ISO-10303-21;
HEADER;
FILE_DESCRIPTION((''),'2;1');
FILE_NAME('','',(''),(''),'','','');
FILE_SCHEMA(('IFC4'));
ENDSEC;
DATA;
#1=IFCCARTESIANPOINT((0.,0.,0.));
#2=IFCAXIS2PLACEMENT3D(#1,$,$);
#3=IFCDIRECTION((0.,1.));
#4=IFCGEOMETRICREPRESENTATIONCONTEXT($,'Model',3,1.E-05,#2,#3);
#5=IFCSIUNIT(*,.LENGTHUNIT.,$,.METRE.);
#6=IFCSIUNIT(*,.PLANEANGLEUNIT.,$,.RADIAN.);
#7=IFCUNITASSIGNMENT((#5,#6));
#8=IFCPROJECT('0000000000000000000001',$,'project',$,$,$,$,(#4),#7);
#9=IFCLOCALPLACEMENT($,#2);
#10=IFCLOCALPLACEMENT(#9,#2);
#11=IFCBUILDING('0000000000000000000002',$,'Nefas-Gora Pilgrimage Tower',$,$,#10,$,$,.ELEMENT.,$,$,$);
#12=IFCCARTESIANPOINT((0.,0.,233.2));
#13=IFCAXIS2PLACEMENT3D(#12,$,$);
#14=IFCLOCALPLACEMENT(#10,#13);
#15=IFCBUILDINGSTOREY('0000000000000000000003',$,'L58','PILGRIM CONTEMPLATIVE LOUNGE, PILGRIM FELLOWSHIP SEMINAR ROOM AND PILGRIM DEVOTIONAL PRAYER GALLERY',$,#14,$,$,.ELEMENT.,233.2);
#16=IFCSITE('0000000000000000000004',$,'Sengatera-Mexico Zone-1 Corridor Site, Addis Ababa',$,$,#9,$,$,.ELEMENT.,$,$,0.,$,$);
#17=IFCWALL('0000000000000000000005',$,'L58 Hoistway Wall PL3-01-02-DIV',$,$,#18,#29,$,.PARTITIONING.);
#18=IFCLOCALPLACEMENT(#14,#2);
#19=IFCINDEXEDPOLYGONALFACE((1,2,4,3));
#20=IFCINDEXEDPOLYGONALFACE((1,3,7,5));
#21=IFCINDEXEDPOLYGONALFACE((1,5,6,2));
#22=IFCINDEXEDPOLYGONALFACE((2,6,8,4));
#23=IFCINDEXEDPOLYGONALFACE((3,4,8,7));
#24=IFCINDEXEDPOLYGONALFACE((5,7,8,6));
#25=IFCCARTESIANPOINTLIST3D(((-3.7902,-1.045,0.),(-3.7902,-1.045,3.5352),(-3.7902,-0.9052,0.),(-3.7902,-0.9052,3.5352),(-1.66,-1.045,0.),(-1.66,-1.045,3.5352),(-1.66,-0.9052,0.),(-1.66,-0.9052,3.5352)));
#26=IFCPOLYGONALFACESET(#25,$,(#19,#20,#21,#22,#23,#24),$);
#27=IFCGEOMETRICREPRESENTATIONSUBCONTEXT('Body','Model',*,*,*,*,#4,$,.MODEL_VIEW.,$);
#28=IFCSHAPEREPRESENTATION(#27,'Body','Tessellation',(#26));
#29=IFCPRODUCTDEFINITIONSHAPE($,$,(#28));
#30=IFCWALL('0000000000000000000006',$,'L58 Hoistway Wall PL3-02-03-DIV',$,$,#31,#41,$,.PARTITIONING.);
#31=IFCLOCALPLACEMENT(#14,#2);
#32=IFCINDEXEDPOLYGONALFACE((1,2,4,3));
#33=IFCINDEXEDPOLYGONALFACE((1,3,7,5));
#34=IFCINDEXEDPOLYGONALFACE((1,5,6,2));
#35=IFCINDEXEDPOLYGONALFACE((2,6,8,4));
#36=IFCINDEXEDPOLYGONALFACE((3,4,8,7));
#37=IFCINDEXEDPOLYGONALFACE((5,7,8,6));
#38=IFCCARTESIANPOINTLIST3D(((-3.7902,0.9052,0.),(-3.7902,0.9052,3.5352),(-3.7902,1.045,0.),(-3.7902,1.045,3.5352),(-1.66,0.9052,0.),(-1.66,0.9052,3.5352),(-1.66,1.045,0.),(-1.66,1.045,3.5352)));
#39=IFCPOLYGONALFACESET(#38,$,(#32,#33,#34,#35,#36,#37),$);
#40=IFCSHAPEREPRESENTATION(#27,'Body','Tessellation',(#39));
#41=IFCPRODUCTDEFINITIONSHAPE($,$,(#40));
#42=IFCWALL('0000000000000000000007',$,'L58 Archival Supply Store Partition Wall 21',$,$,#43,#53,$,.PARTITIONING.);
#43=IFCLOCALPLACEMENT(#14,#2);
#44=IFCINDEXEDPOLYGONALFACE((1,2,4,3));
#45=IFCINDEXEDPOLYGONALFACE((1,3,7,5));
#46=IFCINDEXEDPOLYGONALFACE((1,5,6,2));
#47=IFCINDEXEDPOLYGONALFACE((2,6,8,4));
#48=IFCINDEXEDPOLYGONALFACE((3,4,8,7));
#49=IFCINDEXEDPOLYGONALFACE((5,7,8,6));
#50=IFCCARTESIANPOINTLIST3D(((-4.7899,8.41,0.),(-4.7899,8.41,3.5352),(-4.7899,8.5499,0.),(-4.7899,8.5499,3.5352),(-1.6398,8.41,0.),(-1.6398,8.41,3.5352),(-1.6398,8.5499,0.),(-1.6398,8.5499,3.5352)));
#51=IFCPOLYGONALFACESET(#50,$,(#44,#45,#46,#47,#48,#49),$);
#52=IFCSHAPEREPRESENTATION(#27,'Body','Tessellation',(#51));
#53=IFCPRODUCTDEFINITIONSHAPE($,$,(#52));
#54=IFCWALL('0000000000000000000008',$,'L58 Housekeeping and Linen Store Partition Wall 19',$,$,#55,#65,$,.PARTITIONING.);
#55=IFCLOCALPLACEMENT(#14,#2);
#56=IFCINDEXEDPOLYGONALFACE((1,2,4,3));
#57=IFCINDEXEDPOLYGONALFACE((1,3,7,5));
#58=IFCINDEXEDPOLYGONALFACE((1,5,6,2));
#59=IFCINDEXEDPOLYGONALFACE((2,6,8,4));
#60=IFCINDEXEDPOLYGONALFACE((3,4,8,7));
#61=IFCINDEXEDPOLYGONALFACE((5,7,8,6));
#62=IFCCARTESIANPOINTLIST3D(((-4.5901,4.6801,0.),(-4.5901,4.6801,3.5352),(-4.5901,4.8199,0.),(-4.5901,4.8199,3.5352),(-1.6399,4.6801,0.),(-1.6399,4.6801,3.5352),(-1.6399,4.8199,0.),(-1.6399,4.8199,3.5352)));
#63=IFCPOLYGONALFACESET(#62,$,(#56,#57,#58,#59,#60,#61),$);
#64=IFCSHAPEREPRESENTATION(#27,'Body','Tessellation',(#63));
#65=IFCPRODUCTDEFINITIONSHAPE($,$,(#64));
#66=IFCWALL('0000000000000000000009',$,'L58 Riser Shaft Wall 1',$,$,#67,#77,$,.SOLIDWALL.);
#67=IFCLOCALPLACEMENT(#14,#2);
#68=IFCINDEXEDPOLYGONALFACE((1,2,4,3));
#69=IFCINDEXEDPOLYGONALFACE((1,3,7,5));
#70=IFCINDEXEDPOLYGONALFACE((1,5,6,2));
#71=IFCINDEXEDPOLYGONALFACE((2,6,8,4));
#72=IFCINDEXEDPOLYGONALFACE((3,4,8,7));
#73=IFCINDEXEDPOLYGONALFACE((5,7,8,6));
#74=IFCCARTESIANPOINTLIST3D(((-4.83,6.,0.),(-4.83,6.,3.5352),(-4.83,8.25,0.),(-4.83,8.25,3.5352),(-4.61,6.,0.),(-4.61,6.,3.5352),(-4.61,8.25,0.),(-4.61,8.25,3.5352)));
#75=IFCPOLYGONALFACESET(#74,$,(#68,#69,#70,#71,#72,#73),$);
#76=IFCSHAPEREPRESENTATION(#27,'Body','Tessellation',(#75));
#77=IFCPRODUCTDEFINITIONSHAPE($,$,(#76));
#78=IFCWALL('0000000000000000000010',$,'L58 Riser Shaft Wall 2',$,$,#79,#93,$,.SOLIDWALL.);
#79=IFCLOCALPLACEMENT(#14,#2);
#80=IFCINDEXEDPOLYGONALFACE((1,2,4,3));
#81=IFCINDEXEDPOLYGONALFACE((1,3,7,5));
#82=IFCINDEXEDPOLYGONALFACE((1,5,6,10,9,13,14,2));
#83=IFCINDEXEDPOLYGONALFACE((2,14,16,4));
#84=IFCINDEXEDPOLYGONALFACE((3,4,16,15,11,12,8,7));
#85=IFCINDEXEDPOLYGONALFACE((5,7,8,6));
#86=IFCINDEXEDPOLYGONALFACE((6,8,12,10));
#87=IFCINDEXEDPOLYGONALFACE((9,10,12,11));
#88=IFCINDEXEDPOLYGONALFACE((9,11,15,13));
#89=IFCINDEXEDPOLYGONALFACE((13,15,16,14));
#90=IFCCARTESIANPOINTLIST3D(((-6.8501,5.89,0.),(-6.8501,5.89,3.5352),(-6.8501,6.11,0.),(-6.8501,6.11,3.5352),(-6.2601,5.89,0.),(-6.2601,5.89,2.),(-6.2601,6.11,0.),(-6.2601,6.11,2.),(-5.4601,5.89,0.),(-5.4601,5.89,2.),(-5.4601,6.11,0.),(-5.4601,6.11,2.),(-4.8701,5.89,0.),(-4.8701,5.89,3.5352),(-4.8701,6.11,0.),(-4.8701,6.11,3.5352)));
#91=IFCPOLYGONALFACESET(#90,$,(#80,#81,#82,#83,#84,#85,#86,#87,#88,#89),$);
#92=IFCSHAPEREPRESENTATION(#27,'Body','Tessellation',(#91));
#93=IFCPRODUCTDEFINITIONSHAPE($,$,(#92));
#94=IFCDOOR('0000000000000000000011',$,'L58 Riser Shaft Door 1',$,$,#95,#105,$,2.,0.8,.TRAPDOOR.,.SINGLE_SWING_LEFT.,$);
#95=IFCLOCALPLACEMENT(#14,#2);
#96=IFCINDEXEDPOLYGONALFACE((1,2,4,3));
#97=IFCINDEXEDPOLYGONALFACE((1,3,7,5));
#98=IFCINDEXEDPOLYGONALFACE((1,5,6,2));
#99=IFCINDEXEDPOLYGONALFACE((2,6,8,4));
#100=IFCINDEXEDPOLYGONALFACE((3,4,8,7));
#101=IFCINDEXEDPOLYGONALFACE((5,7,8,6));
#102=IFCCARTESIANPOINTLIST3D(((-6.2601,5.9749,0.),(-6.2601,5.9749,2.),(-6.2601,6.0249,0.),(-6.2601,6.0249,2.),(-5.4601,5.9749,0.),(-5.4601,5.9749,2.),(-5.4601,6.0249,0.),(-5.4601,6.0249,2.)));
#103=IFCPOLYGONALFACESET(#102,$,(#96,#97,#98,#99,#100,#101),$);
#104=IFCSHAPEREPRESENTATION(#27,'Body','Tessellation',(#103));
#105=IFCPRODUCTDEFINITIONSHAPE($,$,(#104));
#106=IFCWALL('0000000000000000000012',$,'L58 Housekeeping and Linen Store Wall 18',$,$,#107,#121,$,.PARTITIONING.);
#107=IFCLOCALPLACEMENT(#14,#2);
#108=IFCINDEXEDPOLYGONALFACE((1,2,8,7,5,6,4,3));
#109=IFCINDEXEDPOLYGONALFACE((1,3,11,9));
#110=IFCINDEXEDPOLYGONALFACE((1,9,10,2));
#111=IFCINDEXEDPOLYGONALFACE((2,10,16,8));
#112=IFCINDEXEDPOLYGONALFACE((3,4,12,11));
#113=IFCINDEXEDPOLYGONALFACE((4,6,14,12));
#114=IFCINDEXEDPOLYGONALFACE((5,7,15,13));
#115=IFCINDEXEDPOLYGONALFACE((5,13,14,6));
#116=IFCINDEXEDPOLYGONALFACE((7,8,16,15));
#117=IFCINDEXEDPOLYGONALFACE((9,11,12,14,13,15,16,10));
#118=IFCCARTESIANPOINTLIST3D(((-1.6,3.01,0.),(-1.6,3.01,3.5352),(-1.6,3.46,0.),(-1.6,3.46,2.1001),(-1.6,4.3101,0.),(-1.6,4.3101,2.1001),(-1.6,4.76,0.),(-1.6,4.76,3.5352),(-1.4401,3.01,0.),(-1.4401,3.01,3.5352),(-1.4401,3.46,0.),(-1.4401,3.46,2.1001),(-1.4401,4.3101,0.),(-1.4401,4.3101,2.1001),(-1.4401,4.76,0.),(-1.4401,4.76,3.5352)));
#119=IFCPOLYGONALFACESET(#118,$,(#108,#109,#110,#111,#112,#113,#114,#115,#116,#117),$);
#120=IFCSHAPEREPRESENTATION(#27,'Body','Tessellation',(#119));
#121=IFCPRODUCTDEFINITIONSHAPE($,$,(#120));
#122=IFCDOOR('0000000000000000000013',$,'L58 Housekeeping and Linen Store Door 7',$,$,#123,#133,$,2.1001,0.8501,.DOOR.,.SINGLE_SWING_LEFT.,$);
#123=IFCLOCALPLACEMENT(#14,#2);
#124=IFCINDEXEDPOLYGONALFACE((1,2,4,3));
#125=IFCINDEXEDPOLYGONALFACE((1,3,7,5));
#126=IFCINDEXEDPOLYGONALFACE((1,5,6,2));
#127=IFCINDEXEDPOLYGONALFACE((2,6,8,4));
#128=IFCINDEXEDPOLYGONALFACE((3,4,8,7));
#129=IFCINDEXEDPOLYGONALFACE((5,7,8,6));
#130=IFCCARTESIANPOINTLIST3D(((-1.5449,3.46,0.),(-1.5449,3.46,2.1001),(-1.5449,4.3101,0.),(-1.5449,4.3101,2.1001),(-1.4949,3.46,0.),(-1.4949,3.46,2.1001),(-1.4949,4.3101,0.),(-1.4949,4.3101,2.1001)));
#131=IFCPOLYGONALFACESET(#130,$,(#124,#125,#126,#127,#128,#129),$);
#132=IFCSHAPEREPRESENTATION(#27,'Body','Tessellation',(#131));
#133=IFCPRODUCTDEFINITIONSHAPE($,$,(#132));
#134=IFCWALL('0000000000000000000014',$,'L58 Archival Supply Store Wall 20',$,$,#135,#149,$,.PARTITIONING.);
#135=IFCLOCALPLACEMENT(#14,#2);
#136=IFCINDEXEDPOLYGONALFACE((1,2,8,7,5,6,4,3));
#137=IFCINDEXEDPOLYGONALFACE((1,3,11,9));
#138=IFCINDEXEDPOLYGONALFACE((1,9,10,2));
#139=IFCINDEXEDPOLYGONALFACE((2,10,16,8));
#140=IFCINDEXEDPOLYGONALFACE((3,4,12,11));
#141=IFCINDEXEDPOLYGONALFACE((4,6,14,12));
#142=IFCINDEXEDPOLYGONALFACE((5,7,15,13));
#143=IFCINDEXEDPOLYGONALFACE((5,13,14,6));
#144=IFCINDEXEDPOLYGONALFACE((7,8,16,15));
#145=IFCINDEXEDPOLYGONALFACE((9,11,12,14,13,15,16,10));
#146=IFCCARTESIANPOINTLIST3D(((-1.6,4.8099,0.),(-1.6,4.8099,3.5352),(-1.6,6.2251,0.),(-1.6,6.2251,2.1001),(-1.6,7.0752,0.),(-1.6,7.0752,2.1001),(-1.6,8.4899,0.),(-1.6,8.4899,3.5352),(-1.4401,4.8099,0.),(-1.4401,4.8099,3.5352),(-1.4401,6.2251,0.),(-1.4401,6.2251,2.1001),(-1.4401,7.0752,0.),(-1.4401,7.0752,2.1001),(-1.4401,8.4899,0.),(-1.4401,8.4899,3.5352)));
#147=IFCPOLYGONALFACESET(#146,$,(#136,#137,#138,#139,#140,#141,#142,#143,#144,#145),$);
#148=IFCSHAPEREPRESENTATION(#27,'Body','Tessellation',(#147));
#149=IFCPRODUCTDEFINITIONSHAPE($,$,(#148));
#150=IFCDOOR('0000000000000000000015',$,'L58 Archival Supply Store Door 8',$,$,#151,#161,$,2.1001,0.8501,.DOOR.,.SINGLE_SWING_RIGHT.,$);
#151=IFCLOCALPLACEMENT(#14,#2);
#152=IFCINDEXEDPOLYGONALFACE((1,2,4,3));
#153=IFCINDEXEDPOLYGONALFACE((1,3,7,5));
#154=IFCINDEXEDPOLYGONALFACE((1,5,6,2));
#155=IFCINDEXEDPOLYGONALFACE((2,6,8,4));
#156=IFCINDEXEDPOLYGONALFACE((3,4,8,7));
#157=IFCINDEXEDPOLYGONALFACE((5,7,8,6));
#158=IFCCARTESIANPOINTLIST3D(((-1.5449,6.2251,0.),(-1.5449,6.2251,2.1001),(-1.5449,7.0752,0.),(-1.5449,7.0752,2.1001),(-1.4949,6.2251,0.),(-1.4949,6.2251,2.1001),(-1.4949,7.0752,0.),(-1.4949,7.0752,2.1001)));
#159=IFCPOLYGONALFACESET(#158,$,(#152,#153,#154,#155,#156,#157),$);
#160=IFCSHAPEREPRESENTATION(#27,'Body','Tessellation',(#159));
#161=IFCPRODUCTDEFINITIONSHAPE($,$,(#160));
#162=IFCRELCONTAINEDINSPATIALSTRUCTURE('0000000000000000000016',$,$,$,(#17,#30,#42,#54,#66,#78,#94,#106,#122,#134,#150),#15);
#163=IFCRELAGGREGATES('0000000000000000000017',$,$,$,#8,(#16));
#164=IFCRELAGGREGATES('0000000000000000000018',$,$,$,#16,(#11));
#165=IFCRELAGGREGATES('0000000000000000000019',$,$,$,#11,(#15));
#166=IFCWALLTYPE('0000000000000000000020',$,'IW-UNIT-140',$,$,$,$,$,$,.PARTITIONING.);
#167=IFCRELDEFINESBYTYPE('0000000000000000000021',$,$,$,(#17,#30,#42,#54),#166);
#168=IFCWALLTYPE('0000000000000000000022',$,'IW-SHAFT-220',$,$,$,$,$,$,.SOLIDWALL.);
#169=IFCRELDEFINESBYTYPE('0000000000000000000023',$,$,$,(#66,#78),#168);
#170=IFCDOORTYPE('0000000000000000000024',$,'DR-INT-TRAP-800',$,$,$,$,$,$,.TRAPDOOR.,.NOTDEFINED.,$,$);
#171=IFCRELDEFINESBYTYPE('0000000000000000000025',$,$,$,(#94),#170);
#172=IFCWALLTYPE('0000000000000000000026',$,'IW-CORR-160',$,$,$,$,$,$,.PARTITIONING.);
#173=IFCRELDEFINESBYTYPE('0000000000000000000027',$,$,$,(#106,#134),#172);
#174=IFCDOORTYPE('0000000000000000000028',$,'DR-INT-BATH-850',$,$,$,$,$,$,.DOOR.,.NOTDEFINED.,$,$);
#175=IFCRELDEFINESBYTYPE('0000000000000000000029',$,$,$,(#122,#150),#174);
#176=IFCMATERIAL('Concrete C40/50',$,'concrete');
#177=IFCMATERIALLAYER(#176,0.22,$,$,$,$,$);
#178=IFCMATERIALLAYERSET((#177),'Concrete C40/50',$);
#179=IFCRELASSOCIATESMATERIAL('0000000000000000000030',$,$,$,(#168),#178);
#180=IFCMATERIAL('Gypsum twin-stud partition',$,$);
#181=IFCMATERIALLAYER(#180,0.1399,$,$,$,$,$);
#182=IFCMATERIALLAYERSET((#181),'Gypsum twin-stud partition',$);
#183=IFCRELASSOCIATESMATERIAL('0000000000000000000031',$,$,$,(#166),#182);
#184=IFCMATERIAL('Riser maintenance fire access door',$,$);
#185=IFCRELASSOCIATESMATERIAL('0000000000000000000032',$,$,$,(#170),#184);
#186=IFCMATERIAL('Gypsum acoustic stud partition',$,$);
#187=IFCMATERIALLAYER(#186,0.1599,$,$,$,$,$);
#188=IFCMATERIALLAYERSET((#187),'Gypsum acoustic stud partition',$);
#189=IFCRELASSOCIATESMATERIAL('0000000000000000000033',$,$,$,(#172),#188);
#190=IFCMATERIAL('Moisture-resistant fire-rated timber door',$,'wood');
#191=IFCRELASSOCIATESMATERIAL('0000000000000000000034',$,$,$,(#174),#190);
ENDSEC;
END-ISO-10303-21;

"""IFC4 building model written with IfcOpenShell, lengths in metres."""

from ifc_helpers import new_model, si_unit, direction, frame, frame_2d, origin, place, context, subcontext, project, spatial, rectangle, extrude, source, transform, mapped, material, layer, layer_set, type_object, element, fill, save


model = new_model("IFC4")

# Units and contexts
model_context = context("Model", 3, precision=1e-05, world=origin(), true_north=direction((0.0, 1.0)))
body_context = subcontext(model_context, "Body", "Model", "MODEL_VIEW")
ifc_project = project(units=[si_unit("LENGTHUNIT", "METRE"), si_unit("PLANEANGLEUNIT", "RADIAN")], contexts=[model_context])

# Site, building, storey
site_placement = place(None, origin())
site = spatial("IfcSite", under=ifc_project, at=site_placement, Name="Sengatera-Mexico Zone-1 Corridor Site, Addis Ababa", CompositionType="ELEMENT", RefElevation=0.0)
building_placement = place(site_placement, origin())
building = spatial("IfcBuilding", under=site, at=building_placement, Name="Nefas-Gora Pilgrimage Tower", CompositionType="ELEMENT")
storey_placement = place(building_placement, frame((0.0, 0.0, 233.2)))
storey = spatial("IfcBuildingStorey", under=building, at=storey_placement, Name="L58", Description="PILGRIM CONTEMPLATIVE LOUNGE, PILGRIM FELLOWSHIP SEMINAR ROOM AND PILGRIM DEVOTIONAL PRAYER GALLERY", CompositionType="ELEMENT", Elevation=233.2)

# Shared definitions
ifc_material_1 = material(Name="Concrete C40/50", Category="concrete")
ifc_layer_1 = layer(ifc_material_1, 0.22)
ifc_layer_set_1 = layer_set([ifc_layer_1], Name="Concrete C40/50")
wall_type_1 = type_object("IfcWallType", Name="IW-SHAFT-220", PredefinedType="SOLIDWALL", material=ifc_layer_set_1)

# Walls
ifc_material_2 = material(Name="Gypsum twin-stud partition")
ifc_layer_2 = layer(ifc_material_2, 0.1399)
ifc_layer_set_2 = layer_set([ifc_layer_2], Name="Gypsum twin-stud partition")
wall_type_2 = type_object("IfcWallType", Name="IW-UNIT-140", PredefinedType="PARTITIONING", material=ifc_layer_set_2)
shared_shape_1 = source(origin(), body_context, "Body", "SweptSolid", [
    extrude(rectangle(XDim=2.1301, YDim=0.1399, at=frame_2d((1.0649, 0.0))), origin(), (0.0, 0.0, 1.0), 3.5352),
])
for number, where, z_axis, x_axis, name in (
    (1, (-3.79, -0.9751, 0.0), (0.0, 0.0, 1.0), (1.0, 0.0, 0.0), "L58 Hoistway Wall PL3-01-02-DIV"),
    (2, (-3.79, 0.9751, 0.0), (0.0, 0.0, 1.0), (1.0, 0.0, 0.0), "L58 Hoistway Wall PL3-02-03-DIV"),
):
    element("IfcWall", number, at=place(storey_placement, frame(where, z_axis=z_axis, x_axis=x_axis)), inside=storey, type_object=wall_type_2, Name=name, PredefinedType="PARTITIONING", context=body_context, shape_type="MappedRepresentation", body=[
        mapped(shared_shape_1, transform((0.0, 0.0, 0.0), x_axis=(1.0, 0.0, 0.0), y_axis=(0.0, 1.0, 0.0), z_axis=(0.0, 0.0, 1.0), scale=1.0)),
    ])
shared_shape_2 = source(origin(), body_context, "Body", "SweptSolid", [
    extrude(rectangle(XDim=3.1501, YDim=0.1399, at=frame_2d((1.5752, 0.0))), origin(), (0.0, 0.0, 1.0), 3.5352),
])
wall_1_placement = place(storey_placement, frame((-4.79, 8.48, 0.0), z_axis=(0.0, 0.0, 1.0), x_axis=(1.0, 0.0, 0.0)))
element("IfcWall", 3, at=wall_1_placement, inside=storey, type_object=wall_type_2, Name="L58 Archival Supply Store Partition Wall 21", PredefinedType="PARTITIONING", context=body_context, shape_type="MappedRepresentation", body=[
    mapped(shared_shape_2, transform((0.0, 0.0, 0.0), x_axis=(1.0, 0.0, 0.0), y_axis=(0.0, 1.0, 0.0), z_axis=(0.0, 0.0, 1.0), scale=1.0)),
])
shared_shape_3 = source(origin(), body_context, "Body", "SweptSolid", [
    extrude(rectangle(XDim=2.9502, YDim=0.1399, at=frame_2d((1.4751, 0.0))), origin(), (0.0, 0.0, 1.0), 3.5352),
])
wall_2_placement = place(storey_placement, frame((-4.5901, 4.75, 0.0), z_axis=(0.0, 0.0, 1.0), x_axis=(1.0, 0.0, 0.0)))
element("IfcWall", 4, at=wall_2_placement, inside=storey, type_object=wall_type_2, Name="L58 Housekeeping and Linen Store Partition Wall 19", PredefinedType="PARTITIONING", context=body_context, shape_type="MappedRepresentation", body=[
    mapped(shared_shape_3, transform((0.0, 0.0, 0.0), x_axis=(1.0, 0.0, 0.0), y_axis=(0.0, 1.0, 0.0), z_axis=(0.0, 0.0, 1.0), scale=1.0)),
])
shared_shape_4 = source(origin(), body_context, "Body", "SweptSolid", [
    extrude(rectangle(XDim=2.25, YDim=0.22, at=frame_2d((1.125, 0.0))), origin(), (0.0, 0.0, 1.0), 3.5352),
])
wall_3_placement = place(storey_placement, frame((-4.72, 6.0, 0.0), z_axis=(0.0, 0.0, 1.0), x_axis=(0.0, 1.0, 0.0)))
element("IfcWall", 5, at=wall_3_placement, inside=storey, type_object=wall_type_1, Name="L58 Riser Shaft Wall 1", PredefinedType="SOLIDWALL", context=body_context, shape_type="MappedRepresentation", body=[
    mapped(shared_shape_4, transform((0.0, 0.0, 0.0), x_axis=(1.0, 0.0, 0.0), y_axis=(0.0, 1.0, 0.0), z_axis=(0.0, 0.0, 1.0), scale=1.0)),
])

# Walls, openings, doors
shared_shape_5 = source(origin(), body_context, "Body", "SweptSolid", [
    extrude(rectangle(XDim=1.98, YDim=0.22, at=frame_2d((0.99, 0.0))), origin(), (0.0, 0.0, 1.0), 3.5352),
])
wall_4_placement = place(storey_placement, frame((-6.8501, 6.0, 0.0), z_axis=(0.0, 0.0, 1.0), x_axis=(1.0, 0.0, 0.0)))
wall_4 = element("IfcWall", 6, at=wall_4_placement, inside=storey, type_object=wall_type_1, Name="L58 Riser Shaft Wall 2", PredefinedType="SOLIDWALL", context=body_context, shape_type="MappedRepresentation", body=[
    mapped(shared_shape_5, transform((0.0, 0.0, 0.0), x_axis=(1.0, 0.0, 0.0), y_axis=(0.0, 1.0, 0.0), z_axis=(0.0, 0.0, 1.0), scale=1.0)),
])
opening_1_placement = place(wall_4_placement, frame((0.5901, 0.0, 0.0)))
opening_1 = element("IfcOpeningElement", 7, at=opening_1_placement, cuts=wall_4, PredefinedType="OPENING", context=body_context, shape_type="SweptSolid", body=[
    extrude(rectangle(XDim=0.8, YDim=2.0, at=frame_2d((0.3999, 1.0))), frame((0.0, 0.1199, 0.0), z_axis=(0.0, -1.0, 0.0), x_axis=(1.0, 0.0, 0.0)), (0.0, 0.0, 1.0), 0.24),
])
ifc_material_3 = material(Name="Riser maintenance fire access door")
door_type_1 = type_object("IfcDoorType", Name="DR-INT-TRAP-800", OperationType="NOTDEFINED", PredefinedType="TRAPDOOR", material=ifc_material_3)
shared_shape_6 = source(origin(), body_context, "Body", "SweptSolid", [
    extrude(rectangle(XDim=0.8, YDim=2.0, at=frame_2d((0.3999, 1.0))), frame((0.0, 0.0249, 0.0), z_axis=(0.0, -1.0, 0.0), x_axis=(1.0, 0.0, 0.0)), (0.0, 0.0, 1.0), 0.05),
])
door_1_placement = place(opening_1_placement, origin())
door_1 = element("IfcDoor", 8, at=door_1_placement, inside=storey, type_object=door_type_1, Name="L58 Riser Shaft Door 1", OperationType="SINGLE_SWING_LEFT", OverallHeight=2.0, OverallWidth=0.8, PredefinedType="TRAPDOOR", context=body_context, shape_type="MappedRepresentation", body=[
    mapped(shared_shape_6, transform((0.0, 0.0, 0.0), x_axis=(1.0, 0.0, 0.0), y_axis=(0.0, 1.0, 0.0), z_axis=(0.0, 0.0, 1.0), scale=1.0)),
])
fill(opening_1, door_1)
ifc_material_4 = material(Name="Gypsum acoustic stud partition")
ifc_layer_3 = layer(ifc_material_4, 0.1599)
ifc_layer_set_3 = layer_set([ifc_layer_3], Name="Gypsum acoustic stud partition")
wall_type_3 = type_object("IfcWallType", Name="IW-CORR-160", PredefinedType="PARTITIONING", material=ifc_layer_set_3)
shared_shape_7 = source(origin(), body_context, "Body", "SweptSolid", [
    extrude(rectangle(XDim=1.75, YDim=0.1599, at=frame_2d((0.875, 0.0))), origin(), (0.0, 0.0, 1.0), 3.5352),
])
wall_5_placement = place(storey_placement, frame((-1.52, 3.01, 0.0), z_axis=(0.0, 0.0, 1.0), x_axis=(0.0, 1.0, 0.0)))
wall_5 = element("IfcWall", 9, at=wall_5_placement, inside=storey, type_object=wall_type_3, Name="L58 Housekeeping and Linen Store Wall 18", PredefinedType="PARTITIONING", context=body_context, shape_type="MappedRepresentation", body=[
    mapped(shared_shape_7, transform((0.0, 0.0, 0.0), x_axis=(1.0, 0.0, 0.0), y_axis=(0.0, 1.0, 0.0), z_axis=(0.0, 0.0, 1.0), scale=1.0)),
])
opening_2_placement = place(wall_5_placement, frame((0.45, 0.0, 0.0)))
opening_2 = element("IfcOpeningElement", 10, at=opening_2_placement, cuts=wall_5, PredefinedType="OPENING", context=body_context, shape_type="SweptSolid", body=[
    extrude(rectangle(XDim=0.8501, YDim=2.1001, at=frame_2d((0.425, 1.05))), frame((0.0, 0.0898, 0.0), z_axis=(0.0, -1.0, 0.0), x_axis=(1.0, 0.0, 0.0)), (0.0, 0.0, 1.0), 0.1799),
])
ifc_material_5 = material(Name="Moisture-resistant fire-rated timber door", Category="wood")
door_type_2 = type_object("IfcDoorType", Name="DR-INT-BATH-850", OperationType="NOTDEFINED", PredefinedType="DOOR", material=ifc_material_5)
shared_shape_8 = source(origin(), body_context, "Body", "SweptSolid", [
    extrude(rectangle(XDim=0.8501, YDim=2.1001, at=frame_2d((0.425, 1.05))), frame((0.0, 0.0249, 0.0), z_axis=(0.0, -1.0, 0.0), x_axis=(1.0, 0.0, 0.0)), (0.0, 0.0, 1.0), 0.05),
])
door_2_placement = place(opening_2_placement, origin())
door_2 = element("IfcDoor", 11, at=door_2_placement, inside=storey, type_object=door_type_2, Name="L58 Housekeeping and Linen Store Door 7", OperationType="SINGLE_SWING_LEFT", OverallHeight=2.1001, OverallWidth=0.8501, PredefinedType="DOOR", context=body_context, shape_type="MappedRepresentation", body=[
    mapped(shared_shape_8, transform((0.0, 0.0, 0.0), x_axis=(1.0, 0.0, 0.0), y_axis=(0.0, 1.0, 0.0), z_axis=(0.0, 0.0, 1.0), scale=1.0)),
])
fill(opening_2, door_2)
shared_shape_9 = source(origin(), body_context, "Body", "SweptSolid", [
    extrude(rectangle(XDim=3.6799, YDim=0.1599, at=frame_2d((1.8398, 0.0))), origin(), (0.0, 0.0, 1.0), 3.5352),
])
wall_6_placement = place(storey_placement, frame((-1.52, 4.8101, 0.0), z_axis=(0.0, 0.0, 1.0), x_axis=(0.0, 1.0, 0.0)))
wall_6 = element("IfcWall", 12, at=wall_6_placement, inside=storey, type_object=wall_type_3, Name="L58 Archival Supply Store Wall 20", PredefinedType="PARTITIONING", context=body_context, shape_type="MappedRepresentation", body=[
    mapped(shared_shape_9, transform((0.0, 0.0, 0.0), x_axis=(1.0, 0.0, 0.0), y_axis=(0.0, 1.0, 0.0), z_axis=(0.0, 0.0, 1.0), scale=1.0)),
])
opening_3_placement = place(wall_6_placement, frame((1.415, 0.0, 0.0)))
opening_3 = element("IfcOpeningElement", 13, at=opening_3_placement, cuts=wall_6, PredefinedType="OPENING", context=body_context, shape_type="SweptSolid", body=[
    extrude(rectangle(XDim=0.8501, YDim=2.1001, at=frame_2d((0.425, 1.05))), frame((0.0, 0.0898, 0.0), z_axis=(0.0, -1.0, 0.0), x_axis=(1.0, 0.0, 0.0)), (0.0, 0.0, 1.0), 0.1799),
])
door_3_placement = place(opening_3_placement, origin())
door_3 = element("IfcDoor", 14, at=door_3_placement, inside=storey, type_object=door_type_2, Name="L58 Archival Supply Store Door 8", OperationType="SINGLE_SWING_RIGHT", OverallHeight=2.1001, OverallWidth=0.8501, PredefinedType="DOOR", context=body_context, shape_type="MappedRepresentation", body=[
    mapped(shared_shape_8, transform((0.0, 0.0, 0.0), x_axis=(1.0, 0.0, 0.0), y_axis=(0.0, 1.0, 0.0), z_axis=(0.0, 0.0, 1.0), scale=1.0)),
])
fill(opening_3, door_3)

save(model, "model.ifc")
